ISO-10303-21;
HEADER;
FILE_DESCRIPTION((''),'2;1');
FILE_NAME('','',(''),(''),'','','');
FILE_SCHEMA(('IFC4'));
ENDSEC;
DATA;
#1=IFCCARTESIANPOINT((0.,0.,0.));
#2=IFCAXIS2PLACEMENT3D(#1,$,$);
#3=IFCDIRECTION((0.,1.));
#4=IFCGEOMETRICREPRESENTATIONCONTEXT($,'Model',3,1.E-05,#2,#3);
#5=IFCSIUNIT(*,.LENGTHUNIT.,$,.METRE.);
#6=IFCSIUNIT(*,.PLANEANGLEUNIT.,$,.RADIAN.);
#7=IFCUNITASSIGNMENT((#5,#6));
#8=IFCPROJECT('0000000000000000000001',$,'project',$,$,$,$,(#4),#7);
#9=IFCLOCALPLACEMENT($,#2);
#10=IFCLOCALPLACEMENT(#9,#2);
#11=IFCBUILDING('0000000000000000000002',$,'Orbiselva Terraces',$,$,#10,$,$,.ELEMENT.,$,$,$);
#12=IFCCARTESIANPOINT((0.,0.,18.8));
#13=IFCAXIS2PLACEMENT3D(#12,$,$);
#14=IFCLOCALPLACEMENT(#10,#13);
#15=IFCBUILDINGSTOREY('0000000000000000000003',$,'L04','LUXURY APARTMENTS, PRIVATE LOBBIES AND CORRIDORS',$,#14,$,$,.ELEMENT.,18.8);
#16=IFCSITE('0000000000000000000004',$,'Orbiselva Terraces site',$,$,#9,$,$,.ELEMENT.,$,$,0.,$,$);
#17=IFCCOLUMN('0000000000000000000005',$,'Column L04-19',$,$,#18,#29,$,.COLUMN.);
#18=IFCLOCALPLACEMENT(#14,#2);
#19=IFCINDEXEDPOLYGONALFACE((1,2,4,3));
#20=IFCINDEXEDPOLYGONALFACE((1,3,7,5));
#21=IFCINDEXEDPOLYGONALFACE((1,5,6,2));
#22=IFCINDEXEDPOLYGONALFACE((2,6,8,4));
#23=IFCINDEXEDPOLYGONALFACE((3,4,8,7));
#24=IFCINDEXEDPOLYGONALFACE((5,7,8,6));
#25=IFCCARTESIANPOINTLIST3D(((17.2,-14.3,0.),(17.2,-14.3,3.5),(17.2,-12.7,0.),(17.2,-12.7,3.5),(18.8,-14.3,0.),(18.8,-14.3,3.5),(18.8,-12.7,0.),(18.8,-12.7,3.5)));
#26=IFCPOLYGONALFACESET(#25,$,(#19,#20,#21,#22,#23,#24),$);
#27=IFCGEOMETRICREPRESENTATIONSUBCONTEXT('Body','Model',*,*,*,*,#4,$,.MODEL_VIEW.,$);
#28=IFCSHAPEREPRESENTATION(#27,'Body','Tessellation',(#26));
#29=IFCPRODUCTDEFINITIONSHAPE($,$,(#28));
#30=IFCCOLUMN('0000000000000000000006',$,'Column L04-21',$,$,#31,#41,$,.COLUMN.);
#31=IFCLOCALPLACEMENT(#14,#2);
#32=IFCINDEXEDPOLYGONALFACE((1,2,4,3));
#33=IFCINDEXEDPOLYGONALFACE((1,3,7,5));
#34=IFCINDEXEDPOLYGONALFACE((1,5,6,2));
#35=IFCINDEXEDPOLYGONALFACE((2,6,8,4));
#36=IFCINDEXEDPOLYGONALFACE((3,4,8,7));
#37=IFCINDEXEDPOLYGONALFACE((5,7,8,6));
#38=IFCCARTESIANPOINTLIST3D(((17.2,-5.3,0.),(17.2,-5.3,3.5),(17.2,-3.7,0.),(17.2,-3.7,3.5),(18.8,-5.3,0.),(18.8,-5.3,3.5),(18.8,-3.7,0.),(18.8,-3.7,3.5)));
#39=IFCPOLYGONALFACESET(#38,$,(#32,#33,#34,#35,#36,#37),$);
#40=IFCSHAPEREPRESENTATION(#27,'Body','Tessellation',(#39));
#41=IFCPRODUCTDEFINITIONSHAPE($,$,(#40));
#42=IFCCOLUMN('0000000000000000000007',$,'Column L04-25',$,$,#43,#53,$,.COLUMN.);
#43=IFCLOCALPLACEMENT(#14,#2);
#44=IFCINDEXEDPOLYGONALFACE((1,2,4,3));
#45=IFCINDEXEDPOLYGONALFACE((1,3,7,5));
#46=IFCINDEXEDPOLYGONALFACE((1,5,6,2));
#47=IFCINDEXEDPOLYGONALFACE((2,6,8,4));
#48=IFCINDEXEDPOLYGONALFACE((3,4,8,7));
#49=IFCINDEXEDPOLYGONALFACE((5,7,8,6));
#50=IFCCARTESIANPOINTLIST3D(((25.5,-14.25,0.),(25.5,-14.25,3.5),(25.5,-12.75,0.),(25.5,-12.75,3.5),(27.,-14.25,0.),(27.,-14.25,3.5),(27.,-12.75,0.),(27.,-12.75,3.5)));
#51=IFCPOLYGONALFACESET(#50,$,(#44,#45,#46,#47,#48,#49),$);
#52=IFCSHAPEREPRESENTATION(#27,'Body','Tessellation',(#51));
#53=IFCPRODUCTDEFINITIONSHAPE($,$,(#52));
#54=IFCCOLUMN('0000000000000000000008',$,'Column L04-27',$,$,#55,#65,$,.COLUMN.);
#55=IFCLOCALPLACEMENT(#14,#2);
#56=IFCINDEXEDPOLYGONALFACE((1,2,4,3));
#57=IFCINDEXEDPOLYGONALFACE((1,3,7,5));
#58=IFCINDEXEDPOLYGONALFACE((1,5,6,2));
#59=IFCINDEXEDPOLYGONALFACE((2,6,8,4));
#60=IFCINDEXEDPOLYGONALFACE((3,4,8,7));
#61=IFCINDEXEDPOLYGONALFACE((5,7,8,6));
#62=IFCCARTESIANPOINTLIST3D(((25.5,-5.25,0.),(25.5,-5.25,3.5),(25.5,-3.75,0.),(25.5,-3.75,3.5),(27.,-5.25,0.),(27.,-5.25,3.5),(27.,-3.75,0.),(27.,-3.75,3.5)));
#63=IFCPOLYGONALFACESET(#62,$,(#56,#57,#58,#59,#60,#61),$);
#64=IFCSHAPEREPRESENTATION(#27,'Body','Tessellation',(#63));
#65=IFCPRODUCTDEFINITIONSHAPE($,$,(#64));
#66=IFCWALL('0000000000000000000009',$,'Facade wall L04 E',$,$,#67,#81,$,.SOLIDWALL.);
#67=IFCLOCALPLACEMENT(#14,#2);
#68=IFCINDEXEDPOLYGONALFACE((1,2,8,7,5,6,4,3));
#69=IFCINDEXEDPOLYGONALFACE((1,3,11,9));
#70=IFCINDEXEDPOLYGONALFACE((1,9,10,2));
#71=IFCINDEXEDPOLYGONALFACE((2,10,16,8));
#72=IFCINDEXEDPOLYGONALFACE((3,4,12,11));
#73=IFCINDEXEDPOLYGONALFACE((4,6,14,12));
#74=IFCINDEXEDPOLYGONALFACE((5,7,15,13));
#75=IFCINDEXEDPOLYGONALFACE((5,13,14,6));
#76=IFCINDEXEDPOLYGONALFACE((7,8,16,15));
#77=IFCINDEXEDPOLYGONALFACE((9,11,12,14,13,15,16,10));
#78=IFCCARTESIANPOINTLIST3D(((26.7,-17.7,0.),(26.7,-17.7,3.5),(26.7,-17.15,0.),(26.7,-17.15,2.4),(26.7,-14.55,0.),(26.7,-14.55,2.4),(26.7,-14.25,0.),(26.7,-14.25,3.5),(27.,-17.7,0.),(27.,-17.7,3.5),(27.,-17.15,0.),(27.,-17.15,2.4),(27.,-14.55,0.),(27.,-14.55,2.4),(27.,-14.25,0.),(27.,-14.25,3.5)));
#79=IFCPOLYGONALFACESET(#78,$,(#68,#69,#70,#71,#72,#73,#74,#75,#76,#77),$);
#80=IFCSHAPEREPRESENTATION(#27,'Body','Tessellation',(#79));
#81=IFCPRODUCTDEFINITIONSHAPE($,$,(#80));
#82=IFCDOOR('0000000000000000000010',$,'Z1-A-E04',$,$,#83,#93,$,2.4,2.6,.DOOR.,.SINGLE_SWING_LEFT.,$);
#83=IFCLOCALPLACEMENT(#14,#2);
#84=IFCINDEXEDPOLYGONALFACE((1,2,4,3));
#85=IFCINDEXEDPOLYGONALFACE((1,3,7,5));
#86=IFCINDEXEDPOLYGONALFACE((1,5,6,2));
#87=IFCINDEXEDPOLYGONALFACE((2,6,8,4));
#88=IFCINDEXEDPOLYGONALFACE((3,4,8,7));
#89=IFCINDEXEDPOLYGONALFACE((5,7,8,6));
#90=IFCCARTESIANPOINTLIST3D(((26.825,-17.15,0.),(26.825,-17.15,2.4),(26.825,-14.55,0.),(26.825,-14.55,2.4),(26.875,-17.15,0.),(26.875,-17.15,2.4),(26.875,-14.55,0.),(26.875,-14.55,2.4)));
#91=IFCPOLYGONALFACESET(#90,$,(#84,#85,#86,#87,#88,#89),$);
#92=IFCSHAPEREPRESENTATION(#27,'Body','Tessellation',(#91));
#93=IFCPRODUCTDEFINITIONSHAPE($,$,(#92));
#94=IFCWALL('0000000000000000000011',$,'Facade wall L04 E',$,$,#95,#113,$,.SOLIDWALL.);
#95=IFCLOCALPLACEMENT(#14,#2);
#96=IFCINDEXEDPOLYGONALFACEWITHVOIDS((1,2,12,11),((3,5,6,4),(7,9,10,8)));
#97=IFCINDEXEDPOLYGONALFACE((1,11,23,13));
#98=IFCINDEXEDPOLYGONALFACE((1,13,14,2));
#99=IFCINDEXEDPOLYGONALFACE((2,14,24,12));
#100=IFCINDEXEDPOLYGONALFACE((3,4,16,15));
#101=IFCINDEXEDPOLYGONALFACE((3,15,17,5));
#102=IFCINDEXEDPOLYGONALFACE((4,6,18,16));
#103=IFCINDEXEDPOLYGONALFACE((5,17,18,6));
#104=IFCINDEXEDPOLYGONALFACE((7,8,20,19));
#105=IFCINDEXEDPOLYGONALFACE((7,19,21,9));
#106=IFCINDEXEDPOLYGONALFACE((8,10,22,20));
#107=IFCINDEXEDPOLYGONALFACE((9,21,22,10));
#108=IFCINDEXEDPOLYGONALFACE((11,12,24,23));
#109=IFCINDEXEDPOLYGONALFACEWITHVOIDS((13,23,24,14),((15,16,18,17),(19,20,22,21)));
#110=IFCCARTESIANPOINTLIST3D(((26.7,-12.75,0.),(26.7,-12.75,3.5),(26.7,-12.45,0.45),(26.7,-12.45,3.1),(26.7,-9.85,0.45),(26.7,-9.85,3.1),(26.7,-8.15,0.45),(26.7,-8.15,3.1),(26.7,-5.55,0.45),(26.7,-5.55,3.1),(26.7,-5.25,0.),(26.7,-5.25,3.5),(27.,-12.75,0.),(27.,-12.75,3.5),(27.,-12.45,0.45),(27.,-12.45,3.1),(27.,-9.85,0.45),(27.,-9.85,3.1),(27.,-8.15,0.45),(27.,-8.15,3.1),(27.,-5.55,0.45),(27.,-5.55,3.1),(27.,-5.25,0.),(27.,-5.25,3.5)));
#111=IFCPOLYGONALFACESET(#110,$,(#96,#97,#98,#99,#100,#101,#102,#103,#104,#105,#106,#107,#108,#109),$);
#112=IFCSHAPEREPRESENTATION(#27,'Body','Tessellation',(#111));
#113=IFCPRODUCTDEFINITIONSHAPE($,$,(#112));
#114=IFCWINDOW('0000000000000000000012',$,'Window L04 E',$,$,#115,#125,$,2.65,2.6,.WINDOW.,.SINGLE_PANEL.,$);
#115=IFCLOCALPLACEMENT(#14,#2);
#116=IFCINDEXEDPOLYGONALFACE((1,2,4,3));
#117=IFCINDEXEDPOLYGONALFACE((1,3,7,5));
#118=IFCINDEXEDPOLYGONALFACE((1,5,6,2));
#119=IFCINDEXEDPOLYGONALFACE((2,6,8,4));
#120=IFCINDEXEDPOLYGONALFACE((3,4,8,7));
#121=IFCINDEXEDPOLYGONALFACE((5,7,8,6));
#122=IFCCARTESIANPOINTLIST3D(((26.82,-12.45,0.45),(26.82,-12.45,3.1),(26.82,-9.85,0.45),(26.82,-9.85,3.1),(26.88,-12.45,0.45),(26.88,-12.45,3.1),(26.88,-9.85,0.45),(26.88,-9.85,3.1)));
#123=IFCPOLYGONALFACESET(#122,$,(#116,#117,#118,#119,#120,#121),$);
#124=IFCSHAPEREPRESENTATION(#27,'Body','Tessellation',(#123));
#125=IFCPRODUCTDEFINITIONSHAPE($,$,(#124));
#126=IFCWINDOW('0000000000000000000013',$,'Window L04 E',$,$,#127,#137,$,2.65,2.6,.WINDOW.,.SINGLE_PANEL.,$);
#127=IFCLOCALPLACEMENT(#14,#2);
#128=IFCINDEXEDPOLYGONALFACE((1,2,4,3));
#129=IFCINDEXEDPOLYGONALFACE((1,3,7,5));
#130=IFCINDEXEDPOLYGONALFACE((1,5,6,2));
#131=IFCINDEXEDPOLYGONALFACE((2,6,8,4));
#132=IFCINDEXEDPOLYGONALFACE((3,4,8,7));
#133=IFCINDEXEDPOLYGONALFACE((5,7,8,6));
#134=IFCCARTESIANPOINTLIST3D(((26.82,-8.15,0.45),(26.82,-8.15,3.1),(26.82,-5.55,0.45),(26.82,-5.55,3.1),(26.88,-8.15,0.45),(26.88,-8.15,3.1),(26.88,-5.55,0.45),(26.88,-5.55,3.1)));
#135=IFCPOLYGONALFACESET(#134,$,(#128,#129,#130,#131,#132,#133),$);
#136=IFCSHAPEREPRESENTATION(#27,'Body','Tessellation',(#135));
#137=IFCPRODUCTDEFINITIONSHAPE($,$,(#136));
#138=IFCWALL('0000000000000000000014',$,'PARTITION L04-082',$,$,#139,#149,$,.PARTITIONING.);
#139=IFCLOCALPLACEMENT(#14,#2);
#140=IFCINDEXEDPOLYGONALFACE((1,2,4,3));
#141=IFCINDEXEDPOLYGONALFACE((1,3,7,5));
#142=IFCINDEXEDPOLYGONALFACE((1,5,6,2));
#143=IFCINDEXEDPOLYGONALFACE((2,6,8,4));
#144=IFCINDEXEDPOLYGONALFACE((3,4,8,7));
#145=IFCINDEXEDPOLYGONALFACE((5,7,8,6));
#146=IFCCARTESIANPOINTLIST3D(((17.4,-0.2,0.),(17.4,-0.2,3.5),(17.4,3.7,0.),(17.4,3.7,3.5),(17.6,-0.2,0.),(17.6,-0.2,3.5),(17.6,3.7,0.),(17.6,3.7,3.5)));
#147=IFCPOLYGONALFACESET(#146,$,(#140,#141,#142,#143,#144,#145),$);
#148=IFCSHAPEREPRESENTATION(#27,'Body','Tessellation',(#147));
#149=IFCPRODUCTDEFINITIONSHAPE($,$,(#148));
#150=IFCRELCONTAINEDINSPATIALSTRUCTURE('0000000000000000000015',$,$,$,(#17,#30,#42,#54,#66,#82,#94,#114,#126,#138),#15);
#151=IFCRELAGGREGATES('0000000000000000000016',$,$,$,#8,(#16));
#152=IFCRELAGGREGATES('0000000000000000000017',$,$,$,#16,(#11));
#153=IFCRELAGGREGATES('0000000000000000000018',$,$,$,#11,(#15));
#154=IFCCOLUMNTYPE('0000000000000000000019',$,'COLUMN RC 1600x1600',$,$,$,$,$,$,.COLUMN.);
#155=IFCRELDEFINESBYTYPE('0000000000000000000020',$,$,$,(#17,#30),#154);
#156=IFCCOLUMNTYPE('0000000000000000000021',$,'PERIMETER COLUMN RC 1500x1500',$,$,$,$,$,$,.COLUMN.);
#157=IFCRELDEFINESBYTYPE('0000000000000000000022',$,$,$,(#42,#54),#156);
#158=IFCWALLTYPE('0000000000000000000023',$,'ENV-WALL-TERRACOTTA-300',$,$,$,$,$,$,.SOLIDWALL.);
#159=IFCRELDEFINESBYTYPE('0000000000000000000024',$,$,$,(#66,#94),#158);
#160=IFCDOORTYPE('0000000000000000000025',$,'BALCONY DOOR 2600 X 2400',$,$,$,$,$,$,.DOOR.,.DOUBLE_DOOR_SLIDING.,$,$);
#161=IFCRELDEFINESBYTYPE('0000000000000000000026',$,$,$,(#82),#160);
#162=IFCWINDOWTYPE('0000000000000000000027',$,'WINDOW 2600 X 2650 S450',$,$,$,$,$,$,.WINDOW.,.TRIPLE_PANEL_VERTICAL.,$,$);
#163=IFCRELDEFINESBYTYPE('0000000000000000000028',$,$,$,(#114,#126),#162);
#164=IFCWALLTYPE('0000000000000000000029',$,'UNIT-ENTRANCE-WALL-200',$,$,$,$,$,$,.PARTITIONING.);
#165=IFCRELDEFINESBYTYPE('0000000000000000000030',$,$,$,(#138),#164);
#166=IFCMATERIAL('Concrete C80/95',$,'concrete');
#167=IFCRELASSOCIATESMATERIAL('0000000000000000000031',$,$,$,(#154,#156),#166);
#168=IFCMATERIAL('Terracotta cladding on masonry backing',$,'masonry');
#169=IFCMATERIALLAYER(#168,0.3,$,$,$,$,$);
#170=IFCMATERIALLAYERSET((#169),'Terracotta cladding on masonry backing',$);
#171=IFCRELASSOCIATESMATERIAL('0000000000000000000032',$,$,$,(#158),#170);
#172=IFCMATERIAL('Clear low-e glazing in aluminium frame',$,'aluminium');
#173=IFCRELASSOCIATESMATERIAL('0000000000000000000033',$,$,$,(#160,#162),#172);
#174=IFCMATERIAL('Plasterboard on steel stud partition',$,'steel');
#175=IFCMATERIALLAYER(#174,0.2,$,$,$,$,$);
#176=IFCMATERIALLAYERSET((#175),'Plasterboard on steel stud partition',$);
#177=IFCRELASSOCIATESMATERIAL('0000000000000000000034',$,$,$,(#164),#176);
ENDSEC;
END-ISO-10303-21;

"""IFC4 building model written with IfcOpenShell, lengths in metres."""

from ifc_helpers import new_model, si_unit, direction, frame, frame_2d, origin, origin_2d, place, context, subcontext, project, spatial, rectangle, extrude, material, layer, layer_set, material_profile, profile_set, type_object, element, fill, save


model = new_model("IFC4")

# Units and contexts
model_context = context("Model", 3, precision=1e-05, world=origin(), true_north=direction((0.0, 1.0)))
body_context = subcontext(model_context, "Body", "Model", "MODEL_VIEW")
ifc_project = project(units=[si_unit("LENGTHUNIT", "METRE"), si_unit("PLANEANGLEUNIT", "RADIAN")], contexts=[model_context])

# Site, building, storey
site_placement = place(None, origin())
site = spatial("IfcSite", under=ifc_project, at=site_placement, Name="Orbiselva Terraces site", CompositionType="ELEMENT", RefElevation=0.0)
building_placement = place(site_placement, origin())
building = spatial("IfcBuilding", under=site, at=building_placement, Name="Orbiselva Terraces", CompositionType="ELEMENT")
storey_placement = place(building_placement, frame((0.0, 0.0, 18.8)))
storey = spatial("IfcBuildingStorey", under=building, at=storey_placement, Name="L04", Description="LUXURY APARTMENTS, PRIVATE LOBBIES AND CORRIDORS", CompositionType="ELEMENT", Elevation=18.8)

# Columns
ifc_material_1 = material(Name="Concrete C80/95", Category="concrete")
ifc_material_profile_1 = material_profile(ifc_material_1, rectangle(XDim=1.6, YDim=1.6, at=origin_2d()), Name="RC 1600x1600")
ifc_profile_set_1 = profile_set([ifc_material_profile_1], Name="Concrete C80/95")
column_type_1 = type_object("IfcColumnType", Name="COLUMN RC 1600x1600", PredefinedType="COLUMN", material=ifc_profile_set_1)
for number, where, z_axis, x_axis, name in (
    (1, (18.0, -13.5, 0.0), (0.0, 0.0, 1.0), (1.0, 0.0, 0.0), "Column L04-19"),
    (2, (18.0, -4.5, 0.0), (0.0, 0.0, 1.0), (1.0, 0.0, 0.0), "Column L04-21"),
):
    element("IfcColumn", number, at=place(storey_placement, frame(where, z_axis=z_axis, x_axis=x_axis)), inside=storey, type_object=column_type_1, Name=name, PredefinedType="COLUMN", context=body_context, shape_type="SweptSolid", body=[
        extrude(rectangle(XDim=1.6, YDim=1.6, at=origin_2d()), origin(), (0.0, 0.0, 1.0), 3.5),
    ])
ifc_material_profile_2 = material_profile(ifc_material_1, rectangle(XDim=1.5, YDim=1.5, at=origin_2d()), Name="RC 1500x1500")
ifc_profile_set_2 = profile_set([ifc_material_profile_2], Name="Concrete C80/95")
column_type_2 = type_object("IfcColumnType", Name="PERIMETER COLUMN RC 1500x1500", PredefinedType="COLUMN", material=ifc_profile_set_2)
for number, where, z_axis, x_axis, name in (
    (3, (26.25, -13.5, 0.0), (0.0, 0.0, 1.0), (1.0, 0.0, 0.0), "Column L04-25"),
    (4, (26.25, -4.5, 0.0), (0.0, 0.0, 1.0), (1.0, 0.0, 0.0), "Column L04-27"),
):
    element("IfcColumn", number, at=place(storey_placement, frame(where, z_axis=z_axis, x_axis=x_axis)), inside=storey, type_object=column_type_2, Name=name, PredefinedType="COLUMN", context=body_context, shape_type="SweptSolid", body=[
        extrude(rectangle(XDim=1.5, YDim=1.5, at=origin_2d()), origin(), (0.0, 0.0, 1.0), 3.5),
    ])

# Wall, opening, door
ifc_material_2 = material(Name="Terracotta cladding on masonry backing", Category="masonry")
ifc_layer_1 = layer(ifc_material_2, 0.3)
ifc_layer_set_1 = layer_set([ifc_layer_1], Name="Terracotta cladding on masonry backing")
wall_type_1 = type_object("IfcWallType", Name="ENV-WALL-TERRACOTTA-300", PredefinedType="SOLIDWALL", material=ifc_layer_set_1)
wall_1_placement = place(storey_placement, frame((26.85, -14.25, 0.0), z_axis=(0.0, 0.0, 1.0), x_axis=(0.0, -1.0, 0.0)))
wall_1 = element("IfcWall", 5, at=wall_1_placement, inside=storey, type_object=wall_type_1, Name="Facade wall L04 E", PredefinedType="SOLIDWALL", context=body_context, shape_type="SweptSolid", body=[
    extrude(rectangle(XDim=3.45, YDim=0.3, at=frame_2d((1.725, 0.0))), origin(), (0.0, 0.0, 1.0), 3.5),
])
opening_1_placement = place(wall_1_placement, frame((0.3, 0.0, 0.0)))
opening_1 = element("IfcOpeningElement", 6, at=opening_1_placement, cuts=wall_1, PredefinedType="OPENING", context=body_context, shape_type="SweptSolid", body=[
    extrude(rectangle(XDim=2.6, YDim=2.4, at=frame_2d((1.3, 1.2))), frame((0.0, 0.16, 0.0), z_axis=(0.0, -1.0, 0.0), x_axis=(1.0, 0.0, 0.0)), (0.0, 0.0, 1.0), 0.32),
])
ifc_material_3 = material(Name="Clear low-e glazing in aluminium frame", Category="aluminium")
door_type_1 = type_object("IfcDoorType", Name="BALCONY DOOR 2600 X 2400", OperationType="DOUBLE_DOOR_SLIDING", PredefinedType="DOOR", material=ifc_material_3)
door_1_placement = place(opening_1_placement, origin())
door_1 = element("IfcDoor", 7, at=door_1_placement, inside=storey, type_object=door_type_1, Name="Z1-A-E04", OperationType="SINGLE_SWING_LEFT", OverallHeight=2.4, OverallWidth=2.6, PredefinedType="DOOR", context=body_context, shape_type="SweptSolid", body=[
    extrude(rectangle(XDim=2.6, YDim=2.4, at=frame_2d((1.3, 1.2))), frame((0.0, 0.025, 0.0), z_axis=(0.0, -1.0, 0.0), x_axis=(1.0, 0.0, 0.0)), (0.0, 0.0, 1.0), 0.05),
])
fill(opening_1, door_1)

# Wall, openings, windows
wall_2_placement = place(storey_placement, frame((26.85, -5.25, 0.0), z_axis=(0.0, 0.0, 1.0), x_axis=(0.0, -1.0, 0.0)))
wall_2 = element("IfcWall", 8, at=wall_2_placement, inside=storey, type_object=wall_type_1, Name="Facade wall L04 E", PredefinedType="SOLIDWALL", context=body_context, shape_type="SweptSolid", body=[
    extrude(rectangle(XDim=7.5, YDim=0.3, at=frame_2d((3.75, 0.0))), origin(), (0.0, 0.0, 1.0), 3.5),
])
opening_2_placement = place(wall_2_placement, frame((4.6, 0.0, 0.45)))
opening_2 = element("IfcOpeningElement", 9, at=opening_2_placement, cuts=wall_2, PredefinedType="OPENING", context=body_context, shape_type="SweptSolid", body=[
    extrude(rectangle(XDim=2.6, YDim=2.65, at=frame_2d((1.3, 1.325))), frame((0.0, 0.16, 0.0), z_axis=(0.0, -1.0, 0.0), x_axis=(1.0, 0.0, 0.0)), (0.0, 0.0, 1.0), 0.32),
])
opening_3_placement = place(wall_2_placement, frame((0.3, 0.0, 0.45)))
opening_3 = element("IfcOpeningElement", 10, at=opening_3_placement, cuts=wall_2, PredefinedType="OPENING", context=body_context, shape_type="SweptSolid", body=[
    extrude(rectangle(XDim=2.6, YDim=2.65, at=frame_2d((1.3, 1.325))), frame((0.0, 0.16, 0.0), z_axis=(0.0, -1.0, 0.0), x_axis=(1.0, 0.0, 0.0)), (0.0, 0.0, 1.0), 0.32),
])
window_type = type_object("IfcWindowType", Name="WINDOW 2600 X 2650 S450", PartitioningType="TRIPLE_PANEL_VERTICAL", PredefinedType="WINDOW", material=ifc_material_3)
window_1_placement = place(opening_2_placement, origin())
window_1 = element("IfcWindow", 11, at=window_1_placement, inside=storey, type_object=window_type, Name="Window L04 E", OverallHeight=2.65, OverallWidth=2.6, PartitioningType="SINGLE_PANEL", PredefinedType="WINDOW", context=body_context, shape_type="SweptSolid", body=[
    extrude(rectangle(XDim=2.6, YDim=2.65, at=frame_2d((1.3, 1.325))), frame((0.0, 0.03, 0.0), z_axis=(0.0, -1.0, 0.0), x_axis=(1.0, 0.0, 0.0)), (0.0, 0.0, 1.0), 0.06),
])
fill(opening_2, window_1)
window_2_placement = place(opening_3_placement, origin())
window_2 = element("IfcWindow", 12, at=window_2_placement, inside=storey, type_object=window_type, Name="Window L04 E", OverallHeight=2.65, OverallWidth=2.6, PartitioningType="SINGLE_PANEL", PredefinedType="WINDOW", context=body_context, shape_type="SweptSolid", body=[
    extrude(rectangle(XDim=2.6, YDim=2.65, at=frame_2d((1.3, 1.325))), frame((0.0, 0.03, 0.0), z_axis=(0.0, -1.0, 0.0), x_axis=(1.0, 0.0, 0.0)), (0.0, 0.0, 1.0), 0.06),
])
fill(opening_3, window_2)

# Wall
ifc_material_4 = material(Name="Plasterboard on steel stud partition", Category="steel")
ifc_layer_2 = layer(ifc_material_4, 0.2)
ifc_layer_set_2 = layer_set([ifc_layer_2], Name="Plasterboard on steel stud partition")
wall_type_2 = type_object("IfcWallType", Name="UNIT-ENTRANCE-WALL-200", PredefinedType="PARTITIONING", material=ifc_layer_set_2)
wall_3_placement = place(storey_placement, frame((17.5, -0.2, 0.0), z_axis=(0.0, 0.0, 1.0), x_axis=(0.0, 1.0, 0.0)))
element("IfcWall", 13, at=wall_3_placement, inside=storey, type_object=wall_type_2, Name="PARTITION L04-082", PredefinedType="PARTITIONING", context=body_context, shape_type="SweptSolid", body=[
    extrude(rectangle(XDim=3.9, YDim=0.2, at=frame_2d((1.95, 0.0))), origin(), (0.0, 0.0, 1.0), 3.5),
])

save(model, "model.ifc")
